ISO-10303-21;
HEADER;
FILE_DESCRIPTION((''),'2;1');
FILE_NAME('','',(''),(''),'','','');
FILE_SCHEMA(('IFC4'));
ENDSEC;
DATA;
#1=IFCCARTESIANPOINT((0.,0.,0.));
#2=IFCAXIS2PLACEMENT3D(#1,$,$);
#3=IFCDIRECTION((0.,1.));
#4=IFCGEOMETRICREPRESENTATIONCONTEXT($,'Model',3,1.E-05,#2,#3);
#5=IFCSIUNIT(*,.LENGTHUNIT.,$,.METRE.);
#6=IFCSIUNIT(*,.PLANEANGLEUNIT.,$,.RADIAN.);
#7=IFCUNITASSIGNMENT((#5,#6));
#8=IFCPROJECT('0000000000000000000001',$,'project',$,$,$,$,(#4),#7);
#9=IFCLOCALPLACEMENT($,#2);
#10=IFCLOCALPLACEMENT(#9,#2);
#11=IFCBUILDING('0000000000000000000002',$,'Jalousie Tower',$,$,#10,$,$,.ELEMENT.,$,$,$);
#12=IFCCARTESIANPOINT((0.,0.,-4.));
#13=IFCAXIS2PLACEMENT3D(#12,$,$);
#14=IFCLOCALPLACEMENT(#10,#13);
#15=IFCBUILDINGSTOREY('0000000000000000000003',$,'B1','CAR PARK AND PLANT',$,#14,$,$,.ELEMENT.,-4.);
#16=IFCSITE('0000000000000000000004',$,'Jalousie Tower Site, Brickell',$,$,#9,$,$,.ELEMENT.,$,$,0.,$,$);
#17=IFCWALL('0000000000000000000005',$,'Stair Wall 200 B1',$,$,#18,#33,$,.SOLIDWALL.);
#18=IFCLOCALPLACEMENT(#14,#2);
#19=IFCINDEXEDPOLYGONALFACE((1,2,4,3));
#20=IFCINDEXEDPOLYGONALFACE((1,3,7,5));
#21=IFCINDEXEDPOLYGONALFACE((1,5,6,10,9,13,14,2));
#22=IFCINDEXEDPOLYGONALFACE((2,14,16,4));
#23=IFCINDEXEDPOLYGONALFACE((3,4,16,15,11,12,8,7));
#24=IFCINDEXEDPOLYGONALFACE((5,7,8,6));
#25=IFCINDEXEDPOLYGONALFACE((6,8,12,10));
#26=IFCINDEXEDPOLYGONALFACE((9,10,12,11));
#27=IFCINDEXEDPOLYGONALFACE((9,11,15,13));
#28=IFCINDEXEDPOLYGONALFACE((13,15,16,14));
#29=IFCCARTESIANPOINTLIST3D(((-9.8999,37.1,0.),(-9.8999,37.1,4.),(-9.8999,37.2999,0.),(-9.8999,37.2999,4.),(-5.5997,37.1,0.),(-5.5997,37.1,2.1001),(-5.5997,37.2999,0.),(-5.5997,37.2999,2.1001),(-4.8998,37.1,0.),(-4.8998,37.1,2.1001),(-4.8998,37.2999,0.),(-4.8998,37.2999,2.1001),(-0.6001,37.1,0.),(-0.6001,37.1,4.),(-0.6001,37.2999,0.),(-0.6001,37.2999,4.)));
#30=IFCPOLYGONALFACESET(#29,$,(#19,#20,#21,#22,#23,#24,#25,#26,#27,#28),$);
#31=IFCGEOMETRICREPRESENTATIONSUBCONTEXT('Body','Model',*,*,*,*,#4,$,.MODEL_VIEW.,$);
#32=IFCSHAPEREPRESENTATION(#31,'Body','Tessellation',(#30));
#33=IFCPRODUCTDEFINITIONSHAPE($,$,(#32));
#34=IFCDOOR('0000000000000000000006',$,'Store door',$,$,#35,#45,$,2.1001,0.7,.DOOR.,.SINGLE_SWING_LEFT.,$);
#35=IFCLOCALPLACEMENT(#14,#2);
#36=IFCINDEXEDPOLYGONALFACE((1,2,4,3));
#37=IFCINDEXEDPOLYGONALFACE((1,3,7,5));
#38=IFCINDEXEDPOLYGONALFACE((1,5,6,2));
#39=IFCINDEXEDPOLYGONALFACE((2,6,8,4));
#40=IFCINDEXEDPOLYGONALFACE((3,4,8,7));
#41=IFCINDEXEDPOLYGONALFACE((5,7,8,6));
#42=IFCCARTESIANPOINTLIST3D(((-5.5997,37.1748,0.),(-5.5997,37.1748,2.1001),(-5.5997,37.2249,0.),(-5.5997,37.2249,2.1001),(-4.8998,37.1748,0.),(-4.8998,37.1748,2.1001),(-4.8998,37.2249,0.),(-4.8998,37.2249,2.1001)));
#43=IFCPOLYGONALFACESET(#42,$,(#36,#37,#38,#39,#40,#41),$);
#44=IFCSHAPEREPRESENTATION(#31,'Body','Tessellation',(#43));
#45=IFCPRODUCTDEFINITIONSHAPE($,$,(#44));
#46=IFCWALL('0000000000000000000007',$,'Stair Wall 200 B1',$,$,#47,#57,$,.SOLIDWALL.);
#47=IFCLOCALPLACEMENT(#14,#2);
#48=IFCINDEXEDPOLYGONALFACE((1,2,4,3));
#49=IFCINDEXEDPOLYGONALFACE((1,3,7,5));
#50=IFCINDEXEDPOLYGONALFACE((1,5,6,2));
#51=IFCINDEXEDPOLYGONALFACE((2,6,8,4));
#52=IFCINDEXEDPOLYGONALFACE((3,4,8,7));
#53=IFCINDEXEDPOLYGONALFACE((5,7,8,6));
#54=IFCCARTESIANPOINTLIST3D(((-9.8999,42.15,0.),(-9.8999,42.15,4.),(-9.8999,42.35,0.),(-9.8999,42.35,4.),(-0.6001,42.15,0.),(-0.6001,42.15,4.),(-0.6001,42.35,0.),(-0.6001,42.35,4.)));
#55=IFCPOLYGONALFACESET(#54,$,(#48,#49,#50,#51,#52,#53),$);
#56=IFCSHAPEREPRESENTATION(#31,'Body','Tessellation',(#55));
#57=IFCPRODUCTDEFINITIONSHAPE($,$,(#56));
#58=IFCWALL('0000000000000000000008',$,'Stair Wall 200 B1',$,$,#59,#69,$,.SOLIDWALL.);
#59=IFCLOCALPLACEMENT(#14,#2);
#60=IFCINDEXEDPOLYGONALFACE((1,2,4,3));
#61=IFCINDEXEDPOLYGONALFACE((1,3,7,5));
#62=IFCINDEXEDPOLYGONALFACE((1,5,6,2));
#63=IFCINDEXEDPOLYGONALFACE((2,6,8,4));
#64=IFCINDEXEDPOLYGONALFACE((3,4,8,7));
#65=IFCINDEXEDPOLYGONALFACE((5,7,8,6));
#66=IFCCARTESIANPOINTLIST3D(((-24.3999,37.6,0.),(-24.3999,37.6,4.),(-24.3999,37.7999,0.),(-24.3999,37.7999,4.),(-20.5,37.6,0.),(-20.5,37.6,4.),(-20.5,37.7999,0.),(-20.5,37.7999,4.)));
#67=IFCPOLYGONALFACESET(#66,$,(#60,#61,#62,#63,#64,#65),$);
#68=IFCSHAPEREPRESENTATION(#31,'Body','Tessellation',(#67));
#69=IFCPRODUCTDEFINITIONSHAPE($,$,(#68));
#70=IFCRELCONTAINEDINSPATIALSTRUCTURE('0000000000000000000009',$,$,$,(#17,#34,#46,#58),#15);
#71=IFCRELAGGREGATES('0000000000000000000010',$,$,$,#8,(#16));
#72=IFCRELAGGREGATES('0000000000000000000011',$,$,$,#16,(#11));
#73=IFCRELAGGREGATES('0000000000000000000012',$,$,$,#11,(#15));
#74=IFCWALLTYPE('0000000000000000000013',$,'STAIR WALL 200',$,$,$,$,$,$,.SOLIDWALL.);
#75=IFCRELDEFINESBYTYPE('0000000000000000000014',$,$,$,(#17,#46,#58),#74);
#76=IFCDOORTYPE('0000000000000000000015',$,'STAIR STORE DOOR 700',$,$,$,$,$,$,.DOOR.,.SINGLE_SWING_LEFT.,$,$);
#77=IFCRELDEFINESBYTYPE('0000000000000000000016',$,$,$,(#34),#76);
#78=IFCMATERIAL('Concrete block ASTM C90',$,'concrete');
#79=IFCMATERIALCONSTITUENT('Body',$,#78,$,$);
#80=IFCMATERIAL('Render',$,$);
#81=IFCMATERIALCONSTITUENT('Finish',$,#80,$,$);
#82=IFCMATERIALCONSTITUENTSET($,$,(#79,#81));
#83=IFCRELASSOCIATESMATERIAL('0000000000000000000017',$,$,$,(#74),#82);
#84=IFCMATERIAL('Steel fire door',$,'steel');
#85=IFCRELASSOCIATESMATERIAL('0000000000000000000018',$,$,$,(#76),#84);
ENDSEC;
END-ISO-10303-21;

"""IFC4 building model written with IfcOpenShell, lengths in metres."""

from ifc_helpers import new_model, si_unit, direction, frame, frame_2d, origin, place, context, subcontext, project, spatial, rectangle, extrude, material, constituent, constituent_set, type_object, element, fill, save


model = new_model("IFC4")

# Units and contexts
model_context = context("Model", 3, precision=1e-05, world=origin(), true_north=direction((0.0, 1.0)))
body_context = subcontext(model_context, "Body", "Model", "MODEL_VIEW")
ifc_project = project(units=[si_unit("LENGTHUNIT", "METRE"), si_unit("PLANEANGLEUNIT", "RADIAN")], contexts=[model_context])

# Site, building, storey
site_placement = place(None, origin())
site = spatial("IfcSite", under=ifc_project, at=site_placement, Name="Jalousie Tower Site, Brickell", CompositionType="ELEMENT", RefElevation=0.0)
building_placement = place(site_placement, origin())
building = spatial("IfcBuilding", under=site, at=building_placement, Name="Jalousie Tower", CompositionType="ELEMENT")
storey_placement = place(building_placement, frame((0.0, 0.0, -4.0)))
storey = spatial("IfcBuildingStorey", under=building, at=storey_placement, Name="B1", Description="CAR PARK AND PLANT", CompositionType="ELEMENT", Elevation=-4.0)

# Shared definitions
ifc_material_1 = material(Name="Concrete block ASTM C90", Category="concrete")
ifc_constituent_1 = constituent(ifc_material_1, Name="Body")
ifc_material_2 = material(Name="Render")
ifc_constituent_2 = constituent(ifc_material_2, Name="Finish")
ifc_constituent_set_1 = constituent_set(constituents=[ifc_constituent_1, ifc_constituent_2])
wall_type_1 = type_object("IfcWallType", Name="STAIR WALL 200", PredefinedType="SOLIDWALL", material=ifc_constituent_set_1)

# Wall, opening, door
wall_1_placement = place(storey_placement, frame((-9.8999, 37.2, 0.0), z_axis=(0.0, 0.0, 1.0), x_axis=(1.0, 0.0, 0.0)))
wall_1 = element("IfcWall", 1, at=wall_1_placement, inside=storey, type_object=wall_type_1, Name="Stair Wall 200 B1", PredefinedType="SOLIDWALL", context=body_context, shape_type="SweptSolid", body=[
    extrude(rectangle(XDim=9.2998, YDim=0.2, at=frame_2d((4.6499, 0.0))), origin(), (0.0, 0.0, 1.0), 4.0),
])
opening_1_placement = place(wall_1_placement, frame((4.3, 0.0, 0.0)))
opening_1 = element("IfcOpeningElement", 2, at=opening_1_placement, cuts=wall_1, PredefinedType="OPENING", context=body_context, shape_type="SweptSolid", body=[
    extrude(rectangle(XDim=0.7, YDim=2.1001, at=frame_2d((0.3501, 1.05))), frame((0.0, 0.1099, 0.0), z_axis=(0.0, -1.0, 0.0), x_axis=(1.0, 0.0, 0.0)), (0.0, 0.0, 1.0), 0.22),
])
ifc_material_3 = material(Name="Steel fire door", Category="steel")
door_type_1 = type_object("IfcDoorType", Name="STAIR STORE DOOR 700", OperationType="SINGLE_SWING_LEFT", PredefinedType="DOOR", material=ifc_material_3)
door_1_placement = place(opening_1_placement, origin())
door_1 = element("IfcDoor", 3, at=door_1_placement, inside=storey, type_object=door_type_1, Name="Store door", OperationType="SINGLE_SWING_LEFT", OverallHeight=2.1001, OverallWidth=0.7, PredefinedType="DOOR", context=body_context, shape_type="SweptSolid", body=[
    extrude(rectangle(XDim=0.7, YDim=2.1001, at=frame_2d((0.3501, 1.05))), frame((0.0, 0.0249, 0.0), z_axis=(0.0, -1.0, 0.0), x_axis=(1.0, 0.0, 0.0)), (0.0, 0.0, 1.0), 0.05),
])
fill(opening_1, door_1)

# Walls
wall_2_placement = place(storey_placement, frame((-9.8999, 42.25, 0.0), z_axis=(0.0, 0.0, 1.0), x_axis=(1.0, 0.0, 0.0)))
element("IfcWall", 4, at=wall_2_placement, inside=storey, type_object=wall_type_1, Name="Stair Wall 200 B1", PredefinedType="SOLIDWALL", context=body_context, shape_type="SweptSolid", body=[
    extrude(rectangle(XDim=9.2998, YDim=0.2, at=frame_2d((4.6499, 0.0))), origin(), (0.0, 0.0, 1.0), 4.0),
])
wall_3_placement = place(storey_placement, frame((-24.3999, 37.7, 0.0), z_axis=(0.0, 0.0, 1.0), x_axis=(1.0, 0.0, 0.0)))
element("IfcWall", 5, at=wall_3_placement, inside=storey, type_object=wall_type_1, Name="Stair Wall 200 B1", PredefinedType="SOLIDWALL", context=body_context, shape_type="SweptSolid", body=[
    extrude(rectangle(XDim=3.8999, YDim=0.2, at=frame_2d((1.95, 0.0))), origin(), (0.0, 0.0, 1.0), 4.0),
])

save(model, "model.ifc")
